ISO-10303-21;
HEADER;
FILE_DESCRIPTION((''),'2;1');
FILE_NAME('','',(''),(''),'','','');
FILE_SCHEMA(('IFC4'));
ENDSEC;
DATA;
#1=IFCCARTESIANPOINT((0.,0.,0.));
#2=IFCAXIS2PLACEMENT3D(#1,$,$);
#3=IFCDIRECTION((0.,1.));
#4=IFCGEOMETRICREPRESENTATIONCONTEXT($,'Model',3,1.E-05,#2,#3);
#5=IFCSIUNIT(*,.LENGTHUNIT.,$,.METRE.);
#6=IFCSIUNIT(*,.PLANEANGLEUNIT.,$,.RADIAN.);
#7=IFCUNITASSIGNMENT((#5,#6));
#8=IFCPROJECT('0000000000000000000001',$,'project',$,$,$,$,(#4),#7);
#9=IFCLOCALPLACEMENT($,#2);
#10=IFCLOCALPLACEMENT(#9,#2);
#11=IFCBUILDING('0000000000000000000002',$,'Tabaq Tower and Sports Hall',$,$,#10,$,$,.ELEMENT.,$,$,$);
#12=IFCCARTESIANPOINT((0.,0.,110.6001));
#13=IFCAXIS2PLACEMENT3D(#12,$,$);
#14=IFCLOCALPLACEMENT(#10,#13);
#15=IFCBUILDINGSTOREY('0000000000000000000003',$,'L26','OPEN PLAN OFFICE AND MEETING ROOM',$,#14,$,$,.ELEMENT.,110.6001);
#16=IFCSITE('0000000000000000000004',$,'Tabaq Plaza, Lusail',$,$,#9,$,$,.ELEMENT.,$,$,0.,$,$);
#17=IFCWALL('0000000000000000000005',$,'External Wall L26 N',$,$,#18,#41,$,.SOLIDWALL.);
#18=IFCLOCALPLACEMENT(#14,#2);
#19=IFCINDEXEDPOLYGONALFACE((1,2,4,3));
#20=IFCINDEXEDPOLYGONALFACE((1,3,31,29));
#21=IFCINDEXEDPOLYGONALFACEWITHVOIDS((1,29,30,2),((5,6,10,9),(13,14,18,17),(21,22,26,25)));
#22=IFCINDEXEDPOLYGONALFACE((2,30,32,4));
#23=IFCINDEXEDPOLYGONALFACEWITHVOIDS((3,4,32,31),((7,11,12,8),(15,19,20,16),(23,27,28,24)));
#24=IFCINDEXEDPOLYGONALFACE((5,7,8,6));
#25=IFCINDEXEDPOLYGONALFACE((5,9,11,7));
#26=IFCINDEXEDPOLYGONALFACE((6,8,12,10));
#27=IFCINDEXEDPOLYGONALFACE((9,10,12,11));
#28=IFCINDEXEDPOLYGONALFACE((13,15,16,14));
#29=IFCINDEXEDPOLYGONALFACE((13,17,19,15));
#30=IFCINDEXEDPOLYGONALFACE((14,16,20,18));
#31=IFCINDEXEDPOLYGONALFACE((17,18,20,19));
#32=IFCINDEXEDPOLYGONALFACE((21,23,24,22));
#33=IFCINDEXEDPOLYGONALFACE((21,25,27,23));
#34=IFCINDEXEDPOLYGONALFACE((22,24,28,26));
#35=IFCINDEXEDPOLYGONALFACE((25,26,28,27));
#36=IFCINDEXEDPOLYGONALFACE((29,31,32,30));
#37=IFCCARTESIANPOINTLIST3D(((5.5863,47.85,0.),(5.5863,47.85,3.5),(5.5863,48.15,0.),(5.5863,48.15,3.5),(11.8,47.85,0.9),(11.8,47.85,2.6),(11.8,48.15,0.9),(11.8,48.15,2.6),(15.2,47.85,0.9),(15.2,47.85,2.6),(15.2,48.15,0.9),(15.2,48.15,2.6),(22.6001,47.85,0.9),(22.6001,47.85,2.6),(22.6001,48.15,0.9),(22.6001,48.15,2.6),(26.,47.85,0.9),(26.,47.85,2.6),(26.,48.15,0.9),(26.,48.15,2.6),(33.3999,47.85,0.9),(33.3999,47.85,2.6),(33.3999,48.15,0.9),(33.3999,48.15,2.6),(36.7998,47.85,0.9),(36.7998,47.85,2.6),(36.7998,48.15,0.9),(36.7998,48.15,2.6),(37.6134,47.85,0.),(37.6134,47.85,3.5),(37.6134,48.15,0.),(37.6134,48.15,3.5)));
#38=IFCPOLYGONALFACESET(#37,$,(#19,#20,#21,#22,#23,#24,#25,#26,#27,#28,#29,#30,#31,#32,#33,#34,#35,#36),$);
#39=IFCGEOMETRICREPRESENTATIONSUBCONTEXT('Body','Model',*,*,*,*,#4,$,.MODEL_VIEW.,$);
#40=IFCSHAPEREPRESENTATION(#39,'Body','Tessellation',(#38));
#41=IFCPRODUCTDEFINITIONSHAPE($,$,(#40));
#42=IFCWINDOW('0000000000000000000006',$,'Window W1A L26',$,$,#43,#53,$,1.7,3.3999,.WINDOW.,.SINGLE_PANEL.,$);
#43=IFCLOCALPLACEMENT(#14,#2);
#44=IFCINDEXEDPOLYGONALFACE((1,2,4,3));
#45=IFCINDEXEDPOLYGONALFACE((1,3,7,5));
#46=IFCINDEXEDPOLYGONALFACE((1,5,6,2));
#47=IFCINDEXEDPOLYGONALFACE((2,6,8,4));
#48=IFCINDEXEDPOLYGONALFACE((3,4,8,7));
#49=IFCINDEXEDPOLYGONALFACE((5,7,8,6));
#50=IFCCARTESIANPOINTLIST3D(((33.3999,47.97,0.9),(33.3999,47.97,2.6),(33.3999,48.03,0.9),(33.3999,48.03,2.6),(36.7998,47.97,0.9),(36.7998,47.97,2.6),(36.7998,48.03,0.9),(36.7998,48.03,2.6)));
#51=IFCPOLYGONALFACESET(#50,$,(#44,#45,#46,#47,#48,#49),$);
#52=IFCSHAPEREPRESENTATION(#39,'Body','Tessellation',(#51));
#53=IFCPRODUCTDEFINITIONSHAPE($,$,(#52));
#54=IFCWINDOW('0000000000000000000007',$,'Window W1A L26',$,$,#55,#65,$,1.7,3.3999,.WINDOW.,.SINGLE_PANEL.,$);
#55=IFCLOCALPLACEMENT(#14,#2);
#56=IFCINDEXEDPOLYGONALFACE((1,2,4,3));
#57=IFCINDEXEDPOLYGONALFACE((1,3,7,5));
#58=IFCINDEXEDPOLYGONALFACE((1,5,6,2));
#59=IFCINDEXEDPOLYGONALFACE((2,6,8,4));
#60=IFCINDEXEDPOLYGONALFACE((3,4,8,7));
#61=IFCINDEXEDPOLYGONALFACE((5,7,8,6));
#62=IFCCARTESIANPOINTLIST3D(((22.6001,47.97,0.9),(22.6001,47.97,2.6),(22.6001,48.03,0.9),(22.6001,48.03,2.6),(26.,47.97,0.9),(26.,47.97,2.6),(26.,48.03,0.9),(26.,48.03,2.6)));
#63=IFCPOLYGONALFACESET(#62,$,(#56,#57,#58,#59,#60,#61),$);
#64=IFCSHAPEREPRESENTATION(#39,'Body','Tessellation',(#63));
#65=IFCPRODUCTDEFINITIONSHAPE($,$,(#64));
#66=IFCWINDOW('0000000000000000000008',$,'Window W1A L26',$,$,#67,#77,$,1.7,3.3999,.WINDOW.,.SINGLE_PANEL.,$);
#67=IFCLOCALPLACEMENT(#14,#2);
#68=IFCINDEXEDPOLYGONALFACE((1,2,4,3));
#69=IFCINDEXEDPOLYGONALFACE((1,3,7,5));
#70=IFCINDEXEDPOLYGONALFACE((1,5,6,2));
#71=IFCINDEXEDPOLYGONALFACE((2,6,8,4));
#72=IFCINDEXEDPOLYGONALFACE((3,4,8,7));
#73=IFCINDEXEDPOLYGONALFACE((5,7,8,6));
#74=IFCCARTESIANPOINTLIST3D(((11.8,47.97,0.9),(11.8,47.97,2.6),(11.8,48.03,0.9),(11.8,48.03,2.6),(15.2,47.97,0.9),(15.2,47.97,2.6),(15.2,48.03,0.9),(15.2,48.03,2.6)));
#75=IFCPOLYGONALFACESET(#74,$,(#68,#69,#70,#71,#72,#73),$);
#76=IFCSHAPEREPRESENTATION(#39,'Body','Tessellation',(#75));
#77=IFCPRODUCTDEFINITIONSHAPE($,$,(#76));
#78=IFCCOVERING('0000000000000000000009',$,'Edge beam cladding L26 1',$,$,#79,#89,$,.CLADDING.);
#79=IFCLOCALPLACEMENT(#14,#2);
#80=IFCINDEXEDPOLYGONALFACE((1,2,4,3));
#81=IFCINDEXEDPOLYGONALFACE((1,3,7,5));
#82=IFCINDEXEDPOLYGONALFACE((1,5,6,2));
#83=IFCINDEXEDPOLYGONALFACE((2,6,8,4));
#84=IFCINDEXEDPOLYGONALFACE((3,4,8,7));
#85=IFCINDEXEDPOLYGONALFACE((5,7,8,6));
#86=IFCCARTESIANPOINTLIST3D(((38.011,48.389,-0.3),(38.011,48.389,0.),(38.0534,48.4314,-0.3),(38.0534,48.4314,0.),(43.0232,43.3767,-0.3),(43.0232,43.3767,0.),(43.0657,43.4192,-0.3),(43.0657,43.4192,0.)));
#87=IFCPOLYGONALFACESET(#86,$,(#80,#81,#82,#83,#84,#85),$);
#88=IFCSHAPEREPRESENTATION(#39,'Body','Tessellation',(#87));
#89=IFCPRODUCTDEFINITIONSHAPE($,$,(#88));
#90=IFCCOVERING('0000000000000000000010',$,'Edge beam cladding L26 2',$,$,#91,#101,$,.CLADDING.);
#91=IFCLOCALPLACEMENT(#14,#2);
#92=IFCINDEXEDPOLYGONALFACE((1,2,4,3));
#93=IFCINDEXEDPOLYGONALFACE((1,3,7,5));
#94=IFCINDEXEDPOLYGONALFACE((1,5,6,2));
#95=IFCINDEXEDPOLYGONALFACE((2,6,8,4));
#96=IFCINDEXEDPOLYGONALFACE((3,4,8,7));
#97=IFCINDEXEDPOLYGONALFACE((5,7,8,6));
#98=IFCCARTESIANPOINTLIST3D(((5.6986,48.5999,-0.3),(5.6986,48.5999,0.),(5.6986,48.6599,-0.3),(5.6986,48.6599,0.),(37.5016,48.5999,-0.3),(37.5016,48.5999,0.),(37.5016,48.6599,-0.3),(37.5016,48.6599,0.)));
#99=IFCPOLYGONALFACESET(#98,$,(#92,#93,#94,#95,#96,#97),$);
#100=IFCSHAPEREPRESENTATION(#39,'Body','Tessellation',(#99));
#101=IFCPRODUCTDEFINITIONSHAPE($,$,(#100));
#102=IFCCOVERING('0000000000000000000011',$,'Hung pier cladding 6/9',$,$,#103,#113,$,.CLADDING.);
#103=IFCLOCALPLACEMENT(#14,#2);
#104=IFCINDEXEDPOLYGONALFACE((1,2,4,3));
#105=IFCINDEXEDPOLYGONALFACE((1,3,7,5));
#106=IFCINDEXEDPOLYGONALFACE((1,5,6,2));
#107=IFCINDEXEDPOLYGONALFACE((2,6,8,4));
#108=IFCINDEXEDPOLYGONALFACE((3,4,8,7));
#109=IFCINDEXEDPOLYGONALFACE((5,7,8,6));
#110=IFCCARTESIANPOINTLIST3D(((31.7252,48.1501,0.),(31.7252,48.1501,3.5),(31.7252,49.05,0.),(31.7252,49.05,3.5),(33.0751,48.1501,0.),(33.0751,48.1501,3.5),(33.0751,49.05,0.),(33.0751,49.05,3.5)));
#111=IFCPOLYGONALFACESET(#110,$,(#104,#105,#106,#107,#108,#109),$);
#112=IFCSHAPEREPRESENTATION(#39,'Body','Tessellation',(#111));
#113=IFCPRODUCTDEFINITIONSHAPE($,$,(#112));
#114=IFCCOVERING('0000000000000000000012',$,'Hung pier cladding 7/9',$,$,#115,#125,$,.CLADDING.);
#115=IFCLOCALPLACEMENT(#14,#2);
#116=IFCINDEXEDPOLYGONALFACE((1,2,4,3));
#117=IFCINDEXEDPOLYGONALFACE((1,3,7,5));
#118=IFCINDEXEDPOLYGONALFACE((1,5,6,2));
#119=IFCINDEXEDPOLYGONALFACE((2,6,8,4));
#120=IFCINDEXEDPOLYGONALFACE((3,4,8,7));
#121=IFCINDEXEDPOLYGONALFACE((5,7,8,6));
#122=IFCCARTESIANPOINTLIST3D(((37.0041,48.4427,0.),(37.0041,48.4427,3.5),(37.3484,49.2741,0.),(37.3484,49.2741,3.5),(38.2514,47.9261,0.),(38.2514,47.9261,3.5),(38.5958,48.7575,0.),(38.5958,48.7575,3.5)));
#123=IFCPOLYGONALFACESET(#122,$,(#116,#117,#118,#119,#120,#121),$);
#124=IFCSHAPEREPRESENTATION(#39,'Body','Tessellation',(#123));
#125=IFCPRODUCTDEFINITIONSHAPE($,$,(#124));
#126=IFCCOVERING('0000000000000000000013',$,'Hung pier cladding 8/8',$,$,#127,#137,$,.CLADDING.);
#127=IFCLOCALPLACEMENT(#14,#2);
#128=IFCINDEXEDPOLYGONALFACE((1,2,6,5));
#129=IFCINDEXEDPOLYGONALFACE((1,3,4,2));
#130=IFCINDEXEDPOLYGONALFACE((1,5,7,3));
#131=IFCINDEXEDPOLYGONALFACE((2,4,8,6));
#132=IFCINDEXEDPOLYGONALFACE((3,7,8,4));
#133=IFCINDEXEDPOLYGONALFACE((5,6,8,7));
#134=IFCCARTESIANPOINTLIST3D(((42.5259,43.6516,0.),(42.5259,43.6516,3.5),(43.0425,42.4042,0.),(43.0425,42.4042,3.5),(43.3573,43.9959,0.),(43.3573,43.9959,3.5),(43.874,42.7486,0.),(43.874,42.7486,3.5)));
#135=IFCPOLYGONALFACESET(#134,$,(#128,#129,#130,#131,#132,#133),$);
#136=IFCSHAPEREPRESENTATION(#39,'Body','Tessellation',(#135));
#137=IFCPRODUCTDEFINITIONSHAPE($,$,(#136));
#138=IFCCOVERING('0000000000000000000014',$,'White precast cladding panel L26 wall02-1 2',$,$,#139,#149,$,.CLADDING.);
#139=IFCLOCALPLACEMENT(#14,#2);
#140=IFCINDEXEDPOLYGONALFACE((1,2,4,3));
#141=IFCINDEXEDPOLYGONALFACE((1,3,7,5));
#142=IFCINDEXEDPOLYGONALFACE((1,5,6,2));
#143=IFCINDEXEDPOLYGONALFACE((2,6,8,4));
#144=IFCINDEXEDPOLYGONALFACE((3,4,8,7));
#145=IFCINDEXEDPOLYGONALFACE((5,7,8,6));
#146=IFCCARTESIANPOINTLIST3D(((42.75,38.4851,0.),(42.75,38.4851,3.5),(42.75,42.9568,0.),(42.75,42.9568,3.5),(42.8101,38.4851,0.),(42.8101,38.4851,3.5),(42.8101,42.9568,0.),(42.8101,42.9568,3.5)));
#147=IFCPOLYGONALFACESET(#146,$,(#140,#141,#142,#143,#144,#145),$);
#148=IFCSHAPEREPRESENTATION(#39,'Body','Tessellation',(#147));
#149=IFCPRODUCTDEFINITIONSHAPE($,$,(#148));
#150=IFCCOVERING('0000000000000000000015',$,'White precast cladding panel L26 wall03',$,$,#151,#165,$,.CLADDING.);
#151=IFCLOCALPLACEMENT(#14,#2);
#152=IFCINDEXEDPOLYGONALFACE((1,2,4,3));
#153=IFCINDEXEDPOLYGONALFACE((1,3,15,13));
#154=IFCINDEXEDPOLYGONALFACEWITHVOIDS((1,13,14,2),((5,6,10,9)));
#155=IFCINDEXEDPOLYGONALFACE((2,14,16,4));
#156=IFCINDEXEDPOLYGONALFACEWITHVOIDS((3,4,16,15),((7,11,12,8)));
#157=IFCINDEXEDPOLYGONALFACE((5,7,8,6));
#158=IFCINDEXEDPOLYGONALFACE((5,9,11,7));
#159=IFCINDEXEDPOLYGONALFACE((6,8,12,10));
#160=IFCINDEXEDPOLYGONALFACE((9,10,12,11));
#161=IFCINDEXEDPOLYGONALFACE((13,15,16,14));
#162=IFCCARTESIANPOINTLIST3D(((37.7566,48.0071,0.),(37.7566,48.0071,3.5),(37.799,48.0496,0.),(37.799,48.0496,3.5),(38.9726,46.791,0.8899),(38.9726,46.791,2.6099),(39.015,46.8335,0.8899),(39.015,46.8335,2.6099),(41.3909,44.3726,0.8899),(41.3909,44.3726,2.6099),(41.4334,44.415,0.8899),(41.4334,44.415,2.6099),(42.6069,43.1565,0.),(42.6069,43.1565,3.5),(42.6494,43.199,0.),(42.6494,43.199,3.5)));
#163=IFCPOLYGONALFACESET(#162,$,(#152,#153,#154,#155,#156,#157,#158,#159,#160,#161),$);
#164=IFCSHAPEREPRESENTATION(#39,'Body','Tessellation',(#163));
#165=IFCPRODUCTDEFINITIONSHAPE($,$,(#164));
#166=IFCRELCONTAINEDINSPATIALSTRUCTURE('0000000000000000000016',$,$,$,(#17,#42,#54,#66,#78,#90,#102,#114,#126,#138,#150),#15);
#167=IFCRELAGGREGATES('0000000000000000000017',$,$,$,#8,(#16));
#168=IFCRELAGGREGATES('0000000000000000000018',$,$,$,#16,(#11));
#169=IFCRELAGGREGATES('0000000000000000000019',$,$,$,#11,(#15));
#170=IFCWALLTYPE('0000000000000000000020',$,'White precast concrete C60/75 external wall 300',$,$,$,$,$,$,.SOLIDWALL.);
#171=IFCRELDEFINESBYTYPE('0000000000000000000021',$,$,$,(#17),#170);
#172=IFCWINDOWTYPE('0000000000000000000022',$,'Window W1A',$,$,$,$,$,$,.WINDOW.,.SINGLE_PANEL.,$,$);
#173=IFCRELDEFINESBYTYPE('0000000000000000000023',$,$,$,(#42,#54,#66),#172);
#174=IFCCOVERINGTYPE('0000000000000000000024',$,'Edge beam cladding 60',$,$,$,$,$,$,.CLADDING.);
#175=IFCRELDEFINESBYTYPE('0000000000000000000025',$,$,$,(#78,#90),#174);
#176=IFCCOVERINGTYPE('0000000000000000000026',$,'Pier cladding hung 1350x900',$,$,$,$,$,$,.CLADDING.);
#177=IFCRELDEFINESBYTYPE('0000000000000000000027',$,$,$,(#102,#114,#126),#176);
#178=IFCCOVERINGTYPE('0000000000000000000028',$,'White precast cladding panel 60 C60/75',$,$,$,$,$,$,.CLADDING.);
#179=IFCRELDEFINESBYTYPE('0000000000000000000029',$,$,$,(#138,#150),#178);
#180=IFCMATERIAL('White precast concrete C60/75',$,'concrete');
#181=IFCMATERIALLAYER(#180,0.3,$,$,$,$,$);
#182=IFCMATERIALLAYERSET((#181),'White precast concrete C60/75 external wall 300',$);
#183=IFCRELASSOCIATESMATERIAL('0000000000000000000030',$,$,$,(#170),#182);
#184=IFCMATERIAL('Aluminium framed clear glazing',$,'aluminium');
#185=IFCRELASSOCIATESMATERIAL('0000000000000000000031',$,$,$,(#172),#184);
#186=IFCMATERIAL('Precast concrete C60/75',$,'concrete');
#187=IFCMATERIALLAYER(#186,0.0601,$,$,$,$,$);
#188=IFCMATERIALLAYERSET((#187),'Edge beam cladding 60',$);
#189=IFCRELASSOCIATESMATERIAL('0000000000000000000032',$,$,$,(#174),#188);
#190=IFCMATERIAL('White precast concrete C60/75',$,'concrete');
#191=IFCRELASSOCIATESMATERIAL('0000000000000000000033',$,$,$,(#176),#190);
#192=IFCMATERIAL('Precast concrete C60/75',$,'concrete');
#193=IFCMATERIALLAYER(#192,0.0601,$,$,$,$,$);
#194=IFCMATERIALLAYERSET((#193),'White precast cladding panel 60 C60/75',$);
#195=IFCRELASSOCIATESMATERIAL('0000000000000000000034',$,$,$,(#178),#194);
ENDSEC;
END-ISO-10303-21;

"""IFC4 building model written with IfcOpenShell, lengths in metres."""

from ifc_helpers import new_model, si_unit, direction, frame, frame_2d, origin, place, context, subcontext, project, spatial, polyline, rectangle, outline, extrude, material, layer, layer_set, type_object, element, fill, save


model = new_model("IFC4")

# Units and contexts
model_context = context("Model", 3, precision=1e-05, world=origin(), true_north=direction((0.0, 1.0)))
body_context = subcontext(model_context, "Body", "Model", "MODEL_VIEW")
ifc_project = project(units=[si_unit("LENGTHUNIT", "METRE"), si_unit("PLANEANGLEUNIT", "RADIAN")], contexts=[model_context])

# Site, building, storey
site_placement = place(None, origin())
site = spatial("IfcSite", under=ifc_project, at=site_placement, Name="Tabaq Plaza, Lusail", CompositionType="ELEMENT", RefElevation=0.0)
building_placement = place(site_placement, origin())
building = spatial("IfcBuilding", under=site, at=building_placement, Name="Tabaq Tower and Sports Hall", CompositionType="ELEMENT")
storey_placement = place(building_placement, frame((0.0, 0.0, 110.6001)))
storey = spatial("IfcBuildingStorey", under=building, at=storey_placement, Name="L26", Description="OPEN PLAN OFFICE AND MEETING ROOM", CompositionType="ELEMENT", Elevation=110.6001)

# Shared definitions
ifc_material_1 = material(Name="White precast concrete C60/75", Category="concrete")
ifc_layer_1 = layer(ifc_material_1, 0.3)
ifc_layer_set_1 = layer_set([ifc_layer_1], Name="White precast concrete C60/75 external wall 300")
wall_type_1 = type_object("IfcWallType", Name="White precast concrete C60/75 external wall 300", PredefinedType="SOLIDWALL", material=ifc_layer_set_1)
ifc_material_2 = material(Name="Aluminium framed clear glazing", Category="aluminium")
window_type = type_object("IfcWindowType", Name="Window W1A", PartitioningType="SINGLE_PANEL", PredefinedType="WINDOW", material=ifc_material_2)

# Wall, openings, windows
wall_1_placement = place(storey_placement, frame((37.6135, 48.0, 0.0), z_axis=(0.0, 0.0, 1.0), x_axis=(-1.0, 0.0, 0.0)))
wall_1 = element("IfcWall", 1, at=wall_1_placement, inside=storey, type_object=wall_type_1, Name="External Wall L26 N", PredefinedType="SOLIDWALL", context=body_context, shape_type="SweptSolid", body=[
    extrude(rectangle(XDim=32.0271, YDim=0.3, at=frame_2d((16.0137, 0.0))), origin(), (0.0, 0.0, 1.0), 3.5),
])
opening_1_placement = place(wall_1_placement, frame((0.8137, 0.0, 0.8999)))
opening_1 = element("IfcOpeningElement", 2, at=opening_1_placement, cuts=wall_1, PredefinedType="OPENING", context=body_context, shape_type="SweptSolid", body=[
    extrude(rectangle(XDim=3.3999, YDim=1.7, at=frame_2d((1.7, 0.8501))), frame((0.0, 0.1602, 0.0), z_axis=(0.0, -1.0, 0.0), x_axis=(1.0, 0.0, 0.0)), (0.0, 0.0, 1.0), 0.3201),
])
opening_2_placement = place(wall_1_placement, frame((11.6135, 0.0, 0.8999)))
opening_2 = element("IfcOpeningElement", 3, at=opening_2_placement, cuts=wall_1, PredefinedType="OPENING", context=body_context, shape_type="SweptSolid", body=[
    extrude(rectangle(XDim=3.3999, YDim=1.7, at=frame_2d((1.7, 0.8501))), frame((0.0, 0.1602, 0.0), z_axis=(0.0, -1.0, 0.0), x_axis=(1.0, 0.0, 0.0)), (0.0, 0.0, 1.0), 0.3201),
])
opening_3_placement = place(wall_1_placement, frame((22.4136, 0.0, 0.8999)))
opening_3 = element("IfcOpeningElement", 4, at=opening_3_placement, cuts=wall_1, PredefinedType="OPENING", context=body_context, shape_type="SweptSolid", body=[
    extrude(rectangle(XDim=3.3999, YDim=1.7, at=frame_2d((1.7, 0.8501))), frame((0.0, 0.1602, 0.0), z_axis=(0.0, -1.0, 0.0), x_axis=(1.0, 0.0, 0.0)), (0.0, 0.0, 1.0), 0.3201),
])
window_1_placement = place(opening_1_placement, origin())
window_1 = element("IfcWindow", 5, at=window_1_placement, inside=storey, type_object=window_type, Name="Window W1A L26", OverallHeight=1.7, OverallWidth=3.3999, PartitioningType="SINGLE_PANEL", PredefinedType="WINDOW", context=body_context, shape_type="SweptSolid", body=[
    extrude(rectangle(XDim=3.3999, YDim=1.7, at=frame_2d((1.7, 0.8501))), frame((0.0, 0.03, 0.0), z_axis=(0.0, -1.0, 0.0), x_axis=(1.0, 0.0, 0.0)), (0.0, 0.0, 1.0), 0.0601),
])
fill(opening_1, window_1)
window_2_placement = place(opening_2_placement, origin())
window_2 = element("IfcWindow", 6, at=window_2_placement, inside=storey, type_object=window_type, Name="Window W1A L26", OverallHeight=1.7, OverallWidth=3.3999, PartitioningType="SINGLE_PANEL", PredefinedType="WINDOW", context=body_context, shape_type="SweptSolid", body=[
    extrude(rectangle(XDim=3.3999, YDim=1.7, at=frame_2d((1.7, 0.8501))), frame((0.0, 0.03, 0.0), z_axis=(0.0, -1.0, 0.0), x_axis=(1.0, 0.0, 0.0)), (0.0, 0.0, 1.0), 0.0601),
])
fill(opening_2, window_2)
window_3_placement = place(opening_3_placement, origin())
window_3 = element("IfcWindow", 7, at=window_3_placement, inside=storey, type_object=window_type, Name="Window W1A L26", OverallHeight=1.7, OverallWidth=3.3999, PartitioningType="SINGLE_PANEL", PredefinedType="WINDOW", context=body_context, shape_type="SweptSolid", body=[
    extrude(rectangle(XDim=3.3999, YDim=1.7, at=frame_2d((1.7, 0.8501))), frame((0.0, 0.03, 0.0), z_axis=(0.0, -1.0, 0.0), x_axis=(1.0, 0.0, 0.0)), (0.0, 0.0, 1.0), 0.0601),
])
fill(opening_3, window_3)

# Coverings
ifc_material_3 = material(Name="Precast concrete C60/75", Category="concrete")
ifc_layer_2 = layer(ifc_material_3, 0.0601)
ifc_layer_set_2 = layer_set([ifc_layer_2], Name="Edge beam cladding 60")
covering_type_1 = type_object("IfcCoveringType", Name="Edge beam cladding 60", PredefinedType="CLADDING", material=ifc_layer_set_2)
covering_1_placement = place(storey_placement, frame((43.0444, 43.3979, -0.3), z_axis=(0.0, 0.0, 1.0), x_axis=(-0.707107, 0.707107, 0.0)))
element("IfcCovering", 8, at=covering_1_placement, inside=storey, type_object=covering_type_1, Name="Edge beam cladding L26 1", PredefinedType="CLADDING", context=body_context, shape_type="SweptSolid", body=[
    extrude(rectangle(XDim=7.0884, YDim=0.0601, at=frame_2d((3.5442, 0.0))), origin(), (0.0, 0.0, 1.0), 0.3),
])
covering_2_placement = place(storey_placement, frame((37.5015, 48.6299, -0.3), z_axis=(0.0, 0.0, 1.0), x_axis=(-1.0, 0.0, 0.0)))
element("IfcCovering", 9, at=covering_2_placement, inside=storey, type_object=covering_type_1, Name="Edge beam cladding L26 2", PredefinedType="CLADDING", context=body_context, shape_type="SweptSolid", body=[
    extrude(rectangle(XDim=31.803, YDim=0.0601, at=frame_2d((15.9014, 0.0))), origin(), (0.0, 0.0, 1.0), 0.3),
])
ifc_material_4 = material(Name="White precast concrete C60/75", Category="concrete")
covering_type_2 = type_object("IfcCoveringType", Name="Pier cladding hung 1350x900", PredefinedType="CLADDING", material=ifc_material_4)
covering_3_placement = place(storey_placement, frame((33.075, 48.6001, 0.0), z_axis=(0.0, 0.0, 1.0), x_axis=(-1.0, 0.0, 0.0)))
element("IfcCovering", 10, at=covering_3_placement, inside=storey, type_object=covering_type_2, Name="Hung pier cladding 6/9", PredefinedType="CLADDING", context=body_context, shape_type="SweptSolid", body=[
    extrude(rectangle(XDim=1.3499, YDim=0.8999, at=frame_2d((0.6748, 0.0))), origin(), (0.0, 0.0, 1.0), 3.5),
])
for number, where, z_axis, x_axis, name in (
    (11, (38.4236, 48.3418, 0.0), (0.0, 0.0, 1.0), (-0.923893, 0.38265, 0.0), "Hung pier cladding 7/9"),
    (12, (43.4583, 42.5764, 0.0), (0.0, 0.0, 1.0), (-0.38265, 0.923893, 0.0), "Hung pier cladding 8/8"),
):
    element("IfcCovering", number, at=place(storey_placement, frame(where, z_axis=z_axis, x_axis=x_axis)), inside=storey, type_object=covering_type_2, Name=name, PredefinedType="CLADDING", context=body_context, shape_type="SweptSolid", body=[
        extrude(rectangle(XDim=1.3501, YDim=0.8999, at=frame_2d((0.675, 0.0))), origin(), (0.0, 0.0, 1.0), 3.5),
    ])
ifc_material_5 = material(Name="Precast concrete C60/75", Category="concrete")
ifc_layer_3 = layer(ifc_material_5, 0.0601)
ifc_layer_set_3 = layer_set([ifc_layer_3], Name="White precast cladding panel 60 C60/75")
covering_type_3 = type_object("IfcCoveringType", Name="White precast cladding panel 60 C60/75", PredefinedType="CLADDING", material=ifc_layer_set_3)
covering_4_placement = place(storey_placement, frame((42.78, 38.4851, 0.0), z_axis=(0.0, 0.0, 1.0), x_axis=(0.0, 1.0, 0.0)))
element("IfcCovering", 13, at=covering_4_placement, inside=storey, type_object=covering_type_3, Name="White precast cladding panel L26 wall02-1 2", PredefinedType="CLADDING", context=body_context, shape_type="SweptSolid", body=[
    extrude(rectangle(XDim=4.4717, YDim=0.0601, at=frame_2d((2.2358, 0.0))), origin(), (0.0, 0.0, 1.0), 3.5),
])
covering_5_placement = place(storey_placement, frame((42.6282, 43.1777, 0.0), z_axis=(0.0, 0.0, 1.0), x_axis=(-0.707089, 0.707125, 0.0)))
element("IfcCovering", 14, at=covering_5_placement, inside=storey, type_object=covering_type_3, Name="White precast cladding panel L26 wall03", PredefinedType="CLADDING", context=body_context, shape_type="SweptSolid", body=[
    extrude(outline(polyline([(0.0, 0.0), (6.8596, 0.0), (6.8596, 3.5), (0.0, 3.5), (0.0, 0.0)]), holes=[polyline([(1.7197, 0.8899), (1.7197, 2.6099), (5.1399, 2.6099), (5.1399, 0.8899), (1.7197, 0.8899)])]), frame((0.0, 0.03, 0.0), z_axis=(0.0, -1.0, 0.0), x_axis=(1.0, 0.0, 0.0)), (0.0, 0.0, 1.0), 0.0601),
])

save(model, "model.ifc")
